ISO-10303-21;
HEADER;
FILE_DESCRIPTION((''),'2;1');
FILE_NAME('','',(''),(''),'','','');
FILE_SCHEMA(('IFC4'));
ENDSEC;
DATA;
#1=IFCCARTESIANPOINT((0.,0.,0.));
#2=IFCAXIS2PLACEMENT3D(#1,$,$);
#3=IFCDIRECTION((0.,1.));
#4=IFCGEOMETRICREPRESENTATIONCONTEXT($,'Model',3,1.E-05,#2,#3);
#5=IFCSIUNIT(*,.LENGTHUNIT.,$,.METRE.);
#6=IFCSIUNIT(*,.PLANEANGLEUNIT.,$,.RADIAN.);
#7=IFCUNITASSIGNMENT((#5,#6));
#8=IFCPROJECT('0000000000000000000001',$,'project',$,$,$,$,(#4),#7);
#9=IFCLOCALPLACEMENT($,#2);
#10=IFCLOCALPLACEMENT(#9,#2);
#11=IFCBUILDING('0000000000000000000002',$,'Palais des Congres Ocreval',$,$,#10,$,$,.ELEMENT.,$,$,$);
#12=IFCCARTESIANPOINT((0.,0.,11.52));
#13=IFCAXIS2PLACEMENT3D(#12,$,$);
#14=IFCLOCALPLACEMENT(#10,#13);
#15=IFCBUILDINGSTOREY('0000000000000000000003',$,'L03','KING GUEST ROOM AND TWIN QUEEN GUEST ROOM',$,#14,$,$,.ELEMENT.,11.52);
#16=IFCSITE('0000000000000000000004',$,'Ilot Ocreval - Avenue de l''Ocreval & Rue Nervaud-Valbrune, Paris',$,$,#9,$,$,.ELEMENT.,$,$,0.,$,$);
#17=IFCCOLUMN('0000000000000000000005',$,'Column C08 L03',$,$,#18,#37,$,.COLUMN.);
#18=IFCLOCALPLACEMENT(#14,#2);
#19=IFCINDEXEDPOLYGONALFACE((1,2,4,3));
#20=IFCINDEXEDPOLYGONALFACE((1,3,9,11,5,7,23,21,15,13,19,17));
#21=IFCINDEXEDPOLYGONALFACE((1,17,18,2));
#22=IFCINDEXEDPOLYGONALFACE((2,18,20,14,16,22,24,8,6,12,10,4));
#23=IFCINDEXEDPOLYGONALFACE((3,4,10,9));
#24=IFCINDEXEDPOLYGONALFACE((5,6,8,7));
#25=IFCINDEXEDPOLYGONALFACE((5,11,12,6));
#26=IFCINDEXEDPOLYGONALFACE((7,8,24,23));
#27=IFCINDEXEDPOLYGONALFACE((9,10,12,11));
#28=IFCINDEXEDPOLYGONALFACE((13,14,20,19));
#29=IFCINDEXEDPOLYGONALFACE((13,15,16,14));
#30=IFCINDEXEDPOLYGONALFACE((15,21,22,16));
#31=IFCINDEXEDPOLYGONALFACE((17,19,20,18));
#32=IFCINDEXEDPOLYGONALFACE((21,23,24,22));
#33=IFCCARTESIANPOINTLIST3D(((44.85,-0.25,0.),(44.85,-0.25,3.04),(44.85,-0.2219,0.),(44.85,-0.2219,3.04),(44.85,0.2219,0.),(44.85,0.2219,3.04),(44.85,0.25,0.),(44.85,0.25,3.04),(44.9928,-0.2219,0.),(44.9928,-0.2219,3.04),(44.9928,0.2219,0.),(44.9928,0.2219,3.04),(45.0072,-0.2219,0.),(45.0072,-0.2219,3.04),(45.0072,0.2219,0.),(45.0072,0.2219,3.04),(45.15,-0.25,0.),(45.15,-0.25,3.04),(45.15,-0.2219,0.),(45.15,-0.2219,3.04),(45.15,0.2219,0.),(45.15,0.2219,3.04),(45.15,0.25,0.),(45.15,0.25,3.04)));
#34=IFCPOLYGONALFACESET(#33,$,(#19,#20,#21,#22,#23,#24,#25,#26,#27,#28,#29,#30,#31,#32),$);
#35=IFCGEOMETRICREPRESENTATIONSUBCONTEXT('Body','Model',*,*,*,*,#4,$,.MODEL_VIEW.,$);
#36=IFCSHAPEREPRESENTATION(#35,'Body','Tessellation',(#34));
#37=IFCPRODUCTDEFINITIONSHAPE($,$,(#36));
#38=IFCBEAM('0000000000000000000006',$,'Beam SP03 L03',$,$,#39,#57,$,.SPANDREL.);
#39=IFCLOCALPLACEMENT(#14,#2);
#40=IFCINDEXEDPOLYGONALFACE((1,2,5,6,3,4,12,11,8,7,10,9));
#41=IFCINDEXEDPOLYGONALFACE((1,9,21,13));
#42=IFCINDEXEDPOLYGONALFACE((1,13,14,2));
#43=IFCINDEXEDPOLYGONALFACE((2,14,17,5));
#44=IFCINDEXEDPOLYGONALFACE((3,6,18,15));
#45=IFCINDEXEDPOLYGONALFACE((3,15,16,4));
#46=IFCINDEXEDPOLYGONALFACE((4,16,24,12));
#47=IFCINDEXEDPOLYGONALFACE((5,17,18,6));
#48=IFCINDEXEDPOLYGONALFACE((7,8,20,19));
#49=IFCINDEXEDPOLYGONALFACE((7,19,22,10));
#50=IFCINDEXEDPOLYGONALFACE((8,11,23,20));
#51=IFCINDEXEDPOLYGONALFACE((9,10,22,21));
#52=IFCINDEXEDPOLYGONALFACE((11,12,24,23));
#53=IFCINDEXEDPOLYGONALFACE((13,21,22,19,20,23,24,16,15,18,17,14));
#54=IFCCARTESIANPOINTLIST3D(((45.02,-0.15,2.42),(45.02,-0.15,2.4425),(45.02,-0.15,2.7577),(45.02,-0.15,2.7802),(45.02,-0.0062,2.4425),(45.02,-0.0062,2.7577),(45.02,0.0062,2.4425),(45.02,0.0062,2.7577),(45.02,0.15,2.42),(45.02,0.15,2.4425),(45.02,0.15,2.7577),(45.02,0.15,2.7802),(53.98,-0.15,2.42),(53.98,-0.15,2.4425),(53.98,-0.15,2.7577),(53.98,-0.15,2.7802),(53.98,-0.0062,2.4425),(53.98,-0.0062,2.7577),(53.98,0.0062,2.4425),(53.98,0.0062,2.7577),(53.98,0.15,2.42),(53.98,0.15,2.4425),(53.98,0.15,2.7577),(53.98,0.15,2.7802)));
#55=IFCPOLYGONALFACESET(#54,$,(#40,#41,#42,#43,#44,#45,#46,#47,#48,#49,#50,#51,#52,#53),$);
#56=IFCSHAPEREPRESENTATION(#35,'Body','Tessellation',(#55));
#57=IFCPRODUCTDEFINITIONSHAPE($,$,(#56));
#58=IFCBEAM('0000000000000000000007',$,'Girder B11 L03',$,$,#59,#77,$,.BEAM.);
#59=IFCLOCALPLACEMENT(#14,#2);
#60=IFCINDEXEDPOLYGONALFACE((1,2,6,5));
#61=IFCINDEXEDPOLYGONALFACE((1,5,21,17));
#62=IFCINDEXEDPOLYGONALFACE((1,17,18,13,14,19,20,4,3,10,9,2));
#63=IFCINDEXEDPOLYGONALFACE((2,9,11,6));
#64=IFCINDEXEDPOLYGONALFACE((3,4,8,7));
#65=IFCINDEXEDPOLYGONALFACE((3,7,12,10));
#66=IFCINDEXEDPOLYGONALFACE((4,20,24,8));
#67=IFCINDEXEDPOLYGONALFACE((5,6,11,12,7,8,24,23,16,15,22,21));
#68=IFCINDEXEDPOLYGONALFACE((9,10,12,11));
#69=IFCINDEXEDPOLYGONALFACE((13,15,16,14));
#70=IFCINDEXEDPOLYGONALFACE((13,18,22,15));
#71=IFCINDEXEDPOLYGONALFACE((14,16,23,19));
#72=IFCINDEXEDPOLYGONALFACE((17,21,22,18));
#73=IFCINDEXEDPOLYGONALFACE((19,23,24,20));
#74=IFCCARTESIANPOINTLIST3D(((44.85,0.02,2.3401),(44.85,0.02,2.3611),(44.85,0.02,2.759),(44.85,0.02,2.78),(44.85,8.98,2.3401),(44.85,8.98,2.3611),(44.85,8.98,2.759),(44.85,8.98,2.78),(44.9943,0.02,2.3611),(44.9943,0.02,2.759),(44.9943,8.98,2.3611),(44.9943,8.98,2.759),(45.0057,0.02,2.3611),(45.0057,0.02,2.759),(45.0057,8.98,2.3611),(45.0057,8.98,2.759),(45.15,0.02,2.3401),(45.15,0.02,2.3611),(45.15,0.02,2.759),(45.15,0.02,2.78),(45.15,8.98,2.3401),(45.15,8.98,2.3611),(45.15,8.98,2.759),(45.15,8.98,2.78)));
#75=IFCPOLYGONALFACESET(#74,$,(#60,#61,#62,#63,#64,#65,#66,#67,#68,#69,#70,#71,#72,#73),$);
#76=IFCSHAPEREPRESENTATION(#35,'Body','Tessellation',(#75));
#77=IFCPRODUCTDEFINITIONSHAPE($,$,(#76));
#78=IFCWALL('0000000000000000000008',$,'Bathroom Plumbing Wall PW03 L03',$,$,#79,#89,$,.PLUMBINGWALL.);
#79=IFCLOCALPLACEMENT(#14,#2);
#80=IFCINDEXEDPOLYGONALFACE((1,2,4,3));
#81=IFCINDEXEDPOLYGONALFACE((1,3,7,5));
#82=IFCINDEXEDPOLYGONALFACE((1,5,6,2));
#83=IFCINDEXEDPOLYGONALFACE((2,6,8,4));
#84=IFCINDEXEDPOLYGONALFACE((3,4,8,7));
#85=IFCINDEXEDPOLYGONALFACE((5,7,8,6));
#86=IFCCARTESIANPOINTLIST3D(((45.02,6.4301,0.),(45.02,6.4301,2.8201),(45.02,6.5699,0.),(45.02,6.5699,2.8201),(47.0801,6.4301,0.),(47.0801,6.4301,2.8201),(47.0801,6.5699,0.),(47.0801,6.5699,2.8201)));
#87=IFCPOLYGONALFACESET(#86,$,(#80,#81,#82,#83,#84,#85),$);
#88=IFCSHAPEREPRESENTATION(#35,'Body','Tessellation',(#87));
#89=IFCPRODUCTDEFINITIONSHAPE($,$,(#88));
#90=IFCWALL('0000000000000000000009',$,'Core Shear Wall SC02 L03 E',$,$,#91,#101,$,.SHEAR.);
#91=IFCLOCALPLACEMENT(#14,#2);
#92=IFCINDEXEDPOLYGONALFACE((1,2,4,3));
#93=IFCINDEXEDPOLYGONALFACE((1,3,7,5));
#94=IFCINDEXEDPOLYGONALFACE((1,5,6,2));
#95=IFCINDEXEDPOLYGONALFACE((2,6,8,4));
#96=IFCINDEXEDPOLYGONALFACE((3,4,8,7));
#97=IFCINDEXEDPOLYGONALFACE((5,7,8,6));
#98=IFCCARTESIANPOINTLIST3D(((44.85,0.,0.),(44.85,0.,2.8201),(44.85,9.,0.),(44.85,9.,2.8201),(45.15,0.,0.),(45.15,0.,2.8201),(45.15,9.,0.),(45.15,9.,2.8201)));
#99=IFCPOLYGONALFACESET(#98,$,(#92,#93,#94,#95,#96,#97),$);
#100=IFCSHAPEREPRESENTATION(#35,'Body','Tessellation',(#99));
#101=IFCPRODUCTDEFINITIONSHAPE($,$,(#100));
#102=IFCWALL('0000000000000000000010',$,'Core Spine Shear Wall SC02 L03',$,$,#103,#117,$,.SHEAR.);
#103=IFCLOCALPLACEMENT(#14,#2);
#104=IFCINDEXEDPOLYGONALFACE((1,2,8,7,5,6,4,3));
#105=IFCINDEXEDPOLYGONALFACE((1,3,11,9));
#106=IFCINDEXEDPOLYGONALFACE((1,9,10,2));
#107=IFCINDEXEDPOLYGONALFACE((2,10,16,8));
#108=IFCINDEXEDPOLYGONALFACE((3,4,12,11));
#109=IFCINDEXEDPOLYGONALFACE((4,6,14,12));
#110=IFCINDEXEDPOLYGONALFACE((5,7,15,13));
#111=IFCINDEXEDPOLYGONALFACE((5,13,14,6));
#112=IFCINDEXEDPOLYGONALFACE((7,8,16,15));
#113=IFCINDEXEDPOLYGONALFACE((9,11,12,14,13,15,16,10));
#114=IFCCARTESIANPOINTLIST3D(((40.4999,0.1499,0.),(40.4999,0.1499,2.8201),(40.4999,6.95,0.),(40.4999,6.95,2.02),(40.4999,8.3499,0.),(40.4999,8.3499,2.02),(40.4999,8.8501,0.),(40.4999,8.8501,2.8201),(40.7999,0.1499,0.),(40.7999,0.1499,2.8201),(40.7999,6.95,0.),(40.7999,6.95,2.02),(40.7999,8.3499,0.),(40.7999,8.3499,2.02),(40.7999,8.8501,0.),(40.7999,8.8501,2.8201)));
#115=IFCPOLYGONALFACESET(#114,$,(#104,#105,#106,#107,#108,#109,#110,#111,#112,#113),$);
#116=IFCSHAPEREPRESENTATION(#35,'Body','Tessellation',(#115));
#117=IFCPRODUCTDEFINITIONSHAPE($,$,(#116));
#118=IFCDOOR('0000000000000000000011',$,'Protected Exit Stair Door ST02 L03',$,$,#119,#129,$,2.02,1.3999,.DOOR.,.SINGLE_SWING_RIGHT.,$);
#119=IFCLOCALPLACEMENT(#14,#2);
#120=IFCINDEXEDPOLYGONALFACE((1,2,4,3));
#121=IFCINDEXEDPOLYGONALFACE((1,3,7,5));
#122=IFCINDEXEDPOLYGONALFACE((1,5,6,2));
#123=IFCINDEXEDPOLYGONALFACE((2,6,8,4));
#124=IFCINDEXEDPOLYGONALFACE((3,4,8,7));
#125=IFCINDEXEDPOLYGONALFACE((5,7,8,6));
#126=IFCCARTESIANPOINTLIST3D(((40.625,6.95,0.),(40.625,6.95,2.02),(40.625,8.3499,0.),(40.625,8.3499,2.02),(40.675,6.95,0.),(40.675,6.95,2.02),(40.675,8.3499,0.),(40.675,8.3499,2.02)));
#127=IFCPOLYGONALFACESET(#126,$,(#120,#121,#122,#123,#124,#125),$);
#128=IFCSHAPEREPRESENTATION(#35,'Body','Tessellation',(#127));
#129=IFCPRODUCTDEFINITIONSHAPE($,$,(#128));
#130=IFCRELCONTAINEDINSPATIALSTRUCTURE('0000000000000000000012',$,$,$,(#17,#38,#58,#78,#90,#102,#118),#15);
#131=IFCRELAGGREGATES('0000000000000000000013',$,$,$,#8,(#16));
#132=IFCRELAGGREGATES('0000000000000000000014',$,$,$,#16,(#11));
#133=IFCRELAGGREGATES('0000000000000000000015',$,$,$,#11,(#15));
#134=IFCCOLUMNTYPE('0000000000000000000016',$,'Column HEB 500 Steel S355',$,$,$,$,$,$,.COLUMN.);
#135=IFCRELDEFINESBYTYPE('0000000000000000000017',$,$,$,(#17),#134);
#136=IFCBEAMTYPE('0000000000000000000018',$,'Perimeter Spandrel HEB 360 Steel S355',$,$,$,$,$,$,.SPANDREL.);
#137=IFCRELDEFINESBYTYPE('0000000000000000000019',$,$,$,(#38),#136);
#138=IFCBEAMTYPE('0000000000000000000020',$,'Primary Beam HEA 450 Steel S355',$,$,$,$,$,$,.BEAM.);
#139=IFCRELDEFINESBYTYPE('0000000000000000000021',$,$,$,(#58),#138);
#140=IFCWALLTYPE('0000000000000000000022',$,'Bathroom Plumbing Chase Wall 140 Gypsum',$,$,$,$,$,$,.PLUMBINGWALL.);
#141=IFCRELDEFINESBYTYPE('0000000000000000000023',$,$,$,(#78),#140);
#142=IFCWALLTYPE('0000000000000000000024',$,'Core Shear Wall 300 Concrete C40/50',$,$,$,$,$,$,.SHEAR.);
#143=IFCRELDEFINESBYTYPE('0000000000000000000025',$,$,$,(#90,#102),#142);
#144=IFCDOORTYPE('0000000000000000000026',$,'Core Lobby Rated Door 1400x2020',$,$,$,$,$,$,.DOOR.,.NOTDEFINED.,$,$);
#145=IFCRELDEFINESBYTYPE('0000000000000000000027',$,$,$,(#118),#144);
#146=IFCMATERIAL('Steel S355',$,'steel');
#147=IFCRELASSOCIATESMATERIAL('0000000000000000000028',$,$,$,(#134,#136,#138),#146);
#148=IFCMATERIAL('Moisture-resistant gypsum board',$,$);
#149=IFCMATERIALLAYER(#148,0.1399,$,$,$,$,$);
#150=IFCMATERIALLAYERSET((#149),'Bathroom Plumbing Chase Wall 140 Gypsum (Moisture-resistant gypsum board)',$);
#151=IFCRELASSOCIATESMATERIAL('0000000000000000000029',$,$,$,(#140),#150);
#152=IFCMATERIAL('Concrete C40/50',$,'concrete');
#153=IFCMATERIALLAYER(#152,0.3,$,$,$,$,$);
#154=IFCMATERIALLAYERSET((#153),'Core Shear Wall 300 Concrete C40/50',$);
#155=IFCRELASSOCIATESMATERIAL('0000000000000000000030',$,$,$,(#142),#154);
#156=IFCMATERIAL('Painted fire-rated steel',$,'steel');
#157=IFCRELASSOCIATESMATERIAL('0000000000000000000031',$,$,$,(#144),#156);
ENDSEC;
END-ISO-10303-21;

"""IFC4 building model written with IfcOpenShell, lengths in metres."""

from ifc_helpers import new_model, si_unit, direction, frame, frame_2d, origin, origin_2d, place, context, subcontext, project, spatial, rectangle, i_section, extrude, material, layer, layer_set, material_profile, profile_set, type_object, element, fill, save


model = new_model("IFC4")

# Units and contexts
model_context = context("Model", 3, precision=1e-05, world=origin(), true_north=direction((0.0, 1.0)))
body_context = subcontext(model_context, "Body", "Model", "MODEL_VIEW")
ifc_project = project(units=[si_unit("LENGTHUNIT", "METRE"), si_unit("PLANEANGLEUNIT", "RADIAN")], contexts=[model_context])

# Site, building, storey
site_placement = place(None, origin())
site = spatial("IfcSite", under=ifc_project, at=site_placement, Name="Ilot Ocreval - Avenue de l'Ocreval & Rue Nervaud-Valbrune, Paris", CompositionType="ELEMENT", RefElevation=0.0)
building_placement = place(site_placement, origin())
building = spatial("IfcBuilding", under=site, at=building_placement, Name="Palais des Congres Ocreval", CompositionType="ELEMENT")
storey_placement = place(building_placement, frame((0.0, 0.0, 11.52)))
storey = spatial("IfcBuildingStorey", under=building, at=storey_placement, Name="L03", Description="KING GUEST ROOM AND TWIN QUEEN GUEST ROOM", CompositionType="ELEMENT", Elevation=11.52)

# Column
ifc_material_1 = material(Name="Steel S355", Category="steel")
ifc_material_profile_1 = material_profile(ifc_material_1, i_section(OverallWidth=0.3, OverallDepth=0.5, WebThickness=0.0144, FlangeThickness=0.0281, at=origin_2d()), Name="HEB 500")
ifc_profile_set_1 = profile_set([ifc_material_profile_1], Name="Steel S355")
column_type = type_object("IfcColumnType", Name="Column HEB 500 Steel S355", PredefinedType="COLUMN", material=ifc_profile_set_1)
column_placement = place(storey_placement, frame((45.0, 0.0, 0.0), z_axis=(0.0, 0.0, 1.0), x_axis=(1.0, 0.0, 0.0)))
element("IfcColumn", 1, at=column_placement, inside=storey, type_object=column_type, Name="Column C08 L03", PredefinedType="COLUMN", context=body_context, shape_type="SweptSolid", body=[
    extrude(i_section(OverallWidth=0.3, OverallDepth=0.5, WebThickness=0.0144, FlangeThickness=0.0281, at=origin_2d()), origin(), (0.0, 0.0, 1.0), 3.04),
])

# Beams
ifc_material_profile_2 = material_profile(ifc_material_1, i_section(OverallWidth=0.3, OverallDepth=0.3601, WebThickness=0.0125, FlangeThickness=0.0225, at=origin_2d()), Name="HEB 360")
ifc_profile_set_2 = profile_set([ifc_material_profile_2], Name="Steel S355")
beam_type_1 = type_object("IfcBeamType", Name="Perimeter Spandrel HEB 360 Steel S355", PredefinedType="SPANDREL", material=ifc_profile_set_2)
beam_1_placement = place(storey_placement, frame((45.02, 0.0, 2.6001), z_axis=(1.0, 0.0, 0.0), x_axis=(0.0, 1.0, 0.0)))
element("IfcBeam", 2, at=beam_1_placement, inside=storey, type_object=beam_type_1, Name="Beam SP03 L03", PredefinedType="SPANDREL", context=body_context, shape_type="SweptSolid", body=[
    extrude(i_section(OverallWidth=0.3, OverallDepth=0.3601, WebThickness=0.0125, FlangeThickness=0.0225, at=origin_2d()), origin(), (0.0, 0.0, 1.0), 8.96),
])
ifc_material_profile_3 = material_profile(ifc_material_1, i_section(OverallWidth=0.3, OverallDepth=0.4399, WebThickness=0.0115, FlangeThickness=0.021, at=origin_2d()), Name="HEA 450")
ifc_profile_set_3 = profile_set([ifc_material_profile_3], Name="Steel S355")
beam_type_2 = type_object("IfcBeamType", Name="Primary Beam HEA 450 Steel S355", PredefinedType="BEAM", material=ifc_profile_set_3)
beam_2_placement = place(storey_placement, frame((45.0, 0.02, 2.5601), z_axis=(0.0, 1.0, 0.0), x_axis=(-1.0, 0.0, 0.0)))
element("IfcBeam", 3, at=beam_2_placement, inside=storey, type_object=beam_type_2, Name="Girder B11 L03", PredefinedType="BEAM", context=body_context, shape_type="SweptSolid", body=[
    extrude(i_section(OverallWidth=0.3, OverallDepth=0.4399, WebThickness=0.0115, FlangeThickness=0.021, at=origin_2d()), origin(), (0.0, 0.0, 1.0), 8.96),
])

# Walls
ifc_material_2 = material(Name="Moisture-resistant gypsum board")
ifc_layer_1 = layer(ifc_material_2, 0.1399)
ifc_layer_set_1 = layer_set([ifc_layer_1], Name="Bathroom Plumbing Chase Wall 140 Gypsum (Moisture-resistant gypsum board)")
wall_type_1 = type_object("IfcWallType", Name="Bathroom Plumbing Chase Wall 140 Gypsum", PredefinedType="PLUMBINGWALL", material=ifc_layer_set_1)
wall_1_placement = place(storey_placement, frame((45.02, 6.5, 0.0), z_axis=(0.0, 0.0, 1.0), x_axis=(1.0, 0.0, 0.0)))
element("IfcWall", 4, at=wall_1_placement, inside=storey, type_object=wall_type_1, Name="Bathroom Plumbing Wall PW03 L03", PredefinedType="PLUMBINGWALL", context=body_context, shape_type="SweptSolid", body=[
    extrude(rectangle(XDim=2.0601, YDim=0.1399, at=frame_2d((1.03, 0.0))), origin(), (0.0, 0.0, 1.0), 2.8201),
])
ifc_material_3 = material(Name="Concrete C40/50", Category="concrete")
ifc_layer_2 = layer(ifc_material_3, 0.3)
ifc_layer_set_2 = layer_set([ifc_layer_2], Name="Core Shear Wall 300 Concrete C40/50")
wall_type_2 = type_object("IfcWallType", Name="Core Shear Wall 300 Concrete C40/50", PredefinedType="SHEAR", material=ifc_layer_set_2)
wall_2_placement = place(storey_placement, frame((45.0, 0.0, 0.0), z_axis=(0.0, 0.0, 1.0), x_axis=(0.0, 1.0, 0.0)))
element("IfcWall", 5, at=wall_2_placement, inside=storey, type_object=wall_type_2, Name="Core Shear Wall SC02 L03 E", PredefinedType="SHEAR", context=body_context, shape_type="SweptSolid", body=[
    extrude(rectangle(XDim=9.0, YDim=0.3, at=frame_2d((4.5, 0.0))), origin(), (0.0, 0.0, 1.0), 2.8201),
])

# Wall, opening, door
wall_3_placement = place(storey_placement, frame((40.6499, 0.1499, 0.0), z_axis=(0.0, 0.0, 1.0), x_axis=(0.0, 1.0, 0.0)))
wall_3 = element("IfcWall", 6, at=wall_3_placement, inside=storey, type_object=wall_type_2, Name="Core Spine Shear Wall SC02 L03", PredefinedType="SHEAR", context=body_context, shape_type="SweptSolid", body=[
    extrude(rectangle(XDim=8.7002, YDim=0.3, at=frame_2d((4.3501, 0.0))), origin(), (0.0, 0.0, 1.0), 2.8201),
])
opening_1_placement = place(wall_3_placement, frame((6.8, 0.0, 0.0)))
opening_1 = element("IfcOpeningElement", 7, at=opening_1_placement, cuts=wall_3, PredefinedType="OPENING", context=body_context, shape_type="SweptSolid", body=[
    extrude(rectangle(XDim=1.3999, YDim=2.02, at=frame_2d((0.7, 1.01))), frame((0.0, 0.1599, 0.0), z_axis=(0.0, -1.0, 0.0), x_axis=(1.0, 0.0, 0.0)), (0.0, 0.0, 1.0), 0.3201),
])
ifc_material_4 = material(Name="Painted fire-rated steel", Category="steel")
door_type_1 = type_object("IfcDoorType", Name="Core Lobby Rated Door 1400x2020", OperationType="NOTDEFINED", PredefinedType="DOOR", material=ifc_material_4)
door_1_placement = place(opening_1_placement, origin())
door_1 = element("IfcDoor", 8, at=door_1_placement, inside=storey, type_object=door_type_1, Name="Protected Exit Stair Door ST02 L03", OperationType="SINGLE_SWING_RIGHT", OverallHeight=2.02, OverallWidth=1.3999, PredefinedType="DOOR", context=body_context, shape_type="SweptSolid", body=[
    extrude(rectangle(XDim=1.3999, YDim=2.02, at=frame_2d((0.7, 1.01))), frame((0.0, 0.0249, 0.0), z_axis=(0.0, -1.0, 0.0), x_axis=(1.0, 0.0, 0.0)), (0.0, 0.0, 1.0), 0.05),
])
fill(opening_1, door_1)

save(model, "model.ifc")
